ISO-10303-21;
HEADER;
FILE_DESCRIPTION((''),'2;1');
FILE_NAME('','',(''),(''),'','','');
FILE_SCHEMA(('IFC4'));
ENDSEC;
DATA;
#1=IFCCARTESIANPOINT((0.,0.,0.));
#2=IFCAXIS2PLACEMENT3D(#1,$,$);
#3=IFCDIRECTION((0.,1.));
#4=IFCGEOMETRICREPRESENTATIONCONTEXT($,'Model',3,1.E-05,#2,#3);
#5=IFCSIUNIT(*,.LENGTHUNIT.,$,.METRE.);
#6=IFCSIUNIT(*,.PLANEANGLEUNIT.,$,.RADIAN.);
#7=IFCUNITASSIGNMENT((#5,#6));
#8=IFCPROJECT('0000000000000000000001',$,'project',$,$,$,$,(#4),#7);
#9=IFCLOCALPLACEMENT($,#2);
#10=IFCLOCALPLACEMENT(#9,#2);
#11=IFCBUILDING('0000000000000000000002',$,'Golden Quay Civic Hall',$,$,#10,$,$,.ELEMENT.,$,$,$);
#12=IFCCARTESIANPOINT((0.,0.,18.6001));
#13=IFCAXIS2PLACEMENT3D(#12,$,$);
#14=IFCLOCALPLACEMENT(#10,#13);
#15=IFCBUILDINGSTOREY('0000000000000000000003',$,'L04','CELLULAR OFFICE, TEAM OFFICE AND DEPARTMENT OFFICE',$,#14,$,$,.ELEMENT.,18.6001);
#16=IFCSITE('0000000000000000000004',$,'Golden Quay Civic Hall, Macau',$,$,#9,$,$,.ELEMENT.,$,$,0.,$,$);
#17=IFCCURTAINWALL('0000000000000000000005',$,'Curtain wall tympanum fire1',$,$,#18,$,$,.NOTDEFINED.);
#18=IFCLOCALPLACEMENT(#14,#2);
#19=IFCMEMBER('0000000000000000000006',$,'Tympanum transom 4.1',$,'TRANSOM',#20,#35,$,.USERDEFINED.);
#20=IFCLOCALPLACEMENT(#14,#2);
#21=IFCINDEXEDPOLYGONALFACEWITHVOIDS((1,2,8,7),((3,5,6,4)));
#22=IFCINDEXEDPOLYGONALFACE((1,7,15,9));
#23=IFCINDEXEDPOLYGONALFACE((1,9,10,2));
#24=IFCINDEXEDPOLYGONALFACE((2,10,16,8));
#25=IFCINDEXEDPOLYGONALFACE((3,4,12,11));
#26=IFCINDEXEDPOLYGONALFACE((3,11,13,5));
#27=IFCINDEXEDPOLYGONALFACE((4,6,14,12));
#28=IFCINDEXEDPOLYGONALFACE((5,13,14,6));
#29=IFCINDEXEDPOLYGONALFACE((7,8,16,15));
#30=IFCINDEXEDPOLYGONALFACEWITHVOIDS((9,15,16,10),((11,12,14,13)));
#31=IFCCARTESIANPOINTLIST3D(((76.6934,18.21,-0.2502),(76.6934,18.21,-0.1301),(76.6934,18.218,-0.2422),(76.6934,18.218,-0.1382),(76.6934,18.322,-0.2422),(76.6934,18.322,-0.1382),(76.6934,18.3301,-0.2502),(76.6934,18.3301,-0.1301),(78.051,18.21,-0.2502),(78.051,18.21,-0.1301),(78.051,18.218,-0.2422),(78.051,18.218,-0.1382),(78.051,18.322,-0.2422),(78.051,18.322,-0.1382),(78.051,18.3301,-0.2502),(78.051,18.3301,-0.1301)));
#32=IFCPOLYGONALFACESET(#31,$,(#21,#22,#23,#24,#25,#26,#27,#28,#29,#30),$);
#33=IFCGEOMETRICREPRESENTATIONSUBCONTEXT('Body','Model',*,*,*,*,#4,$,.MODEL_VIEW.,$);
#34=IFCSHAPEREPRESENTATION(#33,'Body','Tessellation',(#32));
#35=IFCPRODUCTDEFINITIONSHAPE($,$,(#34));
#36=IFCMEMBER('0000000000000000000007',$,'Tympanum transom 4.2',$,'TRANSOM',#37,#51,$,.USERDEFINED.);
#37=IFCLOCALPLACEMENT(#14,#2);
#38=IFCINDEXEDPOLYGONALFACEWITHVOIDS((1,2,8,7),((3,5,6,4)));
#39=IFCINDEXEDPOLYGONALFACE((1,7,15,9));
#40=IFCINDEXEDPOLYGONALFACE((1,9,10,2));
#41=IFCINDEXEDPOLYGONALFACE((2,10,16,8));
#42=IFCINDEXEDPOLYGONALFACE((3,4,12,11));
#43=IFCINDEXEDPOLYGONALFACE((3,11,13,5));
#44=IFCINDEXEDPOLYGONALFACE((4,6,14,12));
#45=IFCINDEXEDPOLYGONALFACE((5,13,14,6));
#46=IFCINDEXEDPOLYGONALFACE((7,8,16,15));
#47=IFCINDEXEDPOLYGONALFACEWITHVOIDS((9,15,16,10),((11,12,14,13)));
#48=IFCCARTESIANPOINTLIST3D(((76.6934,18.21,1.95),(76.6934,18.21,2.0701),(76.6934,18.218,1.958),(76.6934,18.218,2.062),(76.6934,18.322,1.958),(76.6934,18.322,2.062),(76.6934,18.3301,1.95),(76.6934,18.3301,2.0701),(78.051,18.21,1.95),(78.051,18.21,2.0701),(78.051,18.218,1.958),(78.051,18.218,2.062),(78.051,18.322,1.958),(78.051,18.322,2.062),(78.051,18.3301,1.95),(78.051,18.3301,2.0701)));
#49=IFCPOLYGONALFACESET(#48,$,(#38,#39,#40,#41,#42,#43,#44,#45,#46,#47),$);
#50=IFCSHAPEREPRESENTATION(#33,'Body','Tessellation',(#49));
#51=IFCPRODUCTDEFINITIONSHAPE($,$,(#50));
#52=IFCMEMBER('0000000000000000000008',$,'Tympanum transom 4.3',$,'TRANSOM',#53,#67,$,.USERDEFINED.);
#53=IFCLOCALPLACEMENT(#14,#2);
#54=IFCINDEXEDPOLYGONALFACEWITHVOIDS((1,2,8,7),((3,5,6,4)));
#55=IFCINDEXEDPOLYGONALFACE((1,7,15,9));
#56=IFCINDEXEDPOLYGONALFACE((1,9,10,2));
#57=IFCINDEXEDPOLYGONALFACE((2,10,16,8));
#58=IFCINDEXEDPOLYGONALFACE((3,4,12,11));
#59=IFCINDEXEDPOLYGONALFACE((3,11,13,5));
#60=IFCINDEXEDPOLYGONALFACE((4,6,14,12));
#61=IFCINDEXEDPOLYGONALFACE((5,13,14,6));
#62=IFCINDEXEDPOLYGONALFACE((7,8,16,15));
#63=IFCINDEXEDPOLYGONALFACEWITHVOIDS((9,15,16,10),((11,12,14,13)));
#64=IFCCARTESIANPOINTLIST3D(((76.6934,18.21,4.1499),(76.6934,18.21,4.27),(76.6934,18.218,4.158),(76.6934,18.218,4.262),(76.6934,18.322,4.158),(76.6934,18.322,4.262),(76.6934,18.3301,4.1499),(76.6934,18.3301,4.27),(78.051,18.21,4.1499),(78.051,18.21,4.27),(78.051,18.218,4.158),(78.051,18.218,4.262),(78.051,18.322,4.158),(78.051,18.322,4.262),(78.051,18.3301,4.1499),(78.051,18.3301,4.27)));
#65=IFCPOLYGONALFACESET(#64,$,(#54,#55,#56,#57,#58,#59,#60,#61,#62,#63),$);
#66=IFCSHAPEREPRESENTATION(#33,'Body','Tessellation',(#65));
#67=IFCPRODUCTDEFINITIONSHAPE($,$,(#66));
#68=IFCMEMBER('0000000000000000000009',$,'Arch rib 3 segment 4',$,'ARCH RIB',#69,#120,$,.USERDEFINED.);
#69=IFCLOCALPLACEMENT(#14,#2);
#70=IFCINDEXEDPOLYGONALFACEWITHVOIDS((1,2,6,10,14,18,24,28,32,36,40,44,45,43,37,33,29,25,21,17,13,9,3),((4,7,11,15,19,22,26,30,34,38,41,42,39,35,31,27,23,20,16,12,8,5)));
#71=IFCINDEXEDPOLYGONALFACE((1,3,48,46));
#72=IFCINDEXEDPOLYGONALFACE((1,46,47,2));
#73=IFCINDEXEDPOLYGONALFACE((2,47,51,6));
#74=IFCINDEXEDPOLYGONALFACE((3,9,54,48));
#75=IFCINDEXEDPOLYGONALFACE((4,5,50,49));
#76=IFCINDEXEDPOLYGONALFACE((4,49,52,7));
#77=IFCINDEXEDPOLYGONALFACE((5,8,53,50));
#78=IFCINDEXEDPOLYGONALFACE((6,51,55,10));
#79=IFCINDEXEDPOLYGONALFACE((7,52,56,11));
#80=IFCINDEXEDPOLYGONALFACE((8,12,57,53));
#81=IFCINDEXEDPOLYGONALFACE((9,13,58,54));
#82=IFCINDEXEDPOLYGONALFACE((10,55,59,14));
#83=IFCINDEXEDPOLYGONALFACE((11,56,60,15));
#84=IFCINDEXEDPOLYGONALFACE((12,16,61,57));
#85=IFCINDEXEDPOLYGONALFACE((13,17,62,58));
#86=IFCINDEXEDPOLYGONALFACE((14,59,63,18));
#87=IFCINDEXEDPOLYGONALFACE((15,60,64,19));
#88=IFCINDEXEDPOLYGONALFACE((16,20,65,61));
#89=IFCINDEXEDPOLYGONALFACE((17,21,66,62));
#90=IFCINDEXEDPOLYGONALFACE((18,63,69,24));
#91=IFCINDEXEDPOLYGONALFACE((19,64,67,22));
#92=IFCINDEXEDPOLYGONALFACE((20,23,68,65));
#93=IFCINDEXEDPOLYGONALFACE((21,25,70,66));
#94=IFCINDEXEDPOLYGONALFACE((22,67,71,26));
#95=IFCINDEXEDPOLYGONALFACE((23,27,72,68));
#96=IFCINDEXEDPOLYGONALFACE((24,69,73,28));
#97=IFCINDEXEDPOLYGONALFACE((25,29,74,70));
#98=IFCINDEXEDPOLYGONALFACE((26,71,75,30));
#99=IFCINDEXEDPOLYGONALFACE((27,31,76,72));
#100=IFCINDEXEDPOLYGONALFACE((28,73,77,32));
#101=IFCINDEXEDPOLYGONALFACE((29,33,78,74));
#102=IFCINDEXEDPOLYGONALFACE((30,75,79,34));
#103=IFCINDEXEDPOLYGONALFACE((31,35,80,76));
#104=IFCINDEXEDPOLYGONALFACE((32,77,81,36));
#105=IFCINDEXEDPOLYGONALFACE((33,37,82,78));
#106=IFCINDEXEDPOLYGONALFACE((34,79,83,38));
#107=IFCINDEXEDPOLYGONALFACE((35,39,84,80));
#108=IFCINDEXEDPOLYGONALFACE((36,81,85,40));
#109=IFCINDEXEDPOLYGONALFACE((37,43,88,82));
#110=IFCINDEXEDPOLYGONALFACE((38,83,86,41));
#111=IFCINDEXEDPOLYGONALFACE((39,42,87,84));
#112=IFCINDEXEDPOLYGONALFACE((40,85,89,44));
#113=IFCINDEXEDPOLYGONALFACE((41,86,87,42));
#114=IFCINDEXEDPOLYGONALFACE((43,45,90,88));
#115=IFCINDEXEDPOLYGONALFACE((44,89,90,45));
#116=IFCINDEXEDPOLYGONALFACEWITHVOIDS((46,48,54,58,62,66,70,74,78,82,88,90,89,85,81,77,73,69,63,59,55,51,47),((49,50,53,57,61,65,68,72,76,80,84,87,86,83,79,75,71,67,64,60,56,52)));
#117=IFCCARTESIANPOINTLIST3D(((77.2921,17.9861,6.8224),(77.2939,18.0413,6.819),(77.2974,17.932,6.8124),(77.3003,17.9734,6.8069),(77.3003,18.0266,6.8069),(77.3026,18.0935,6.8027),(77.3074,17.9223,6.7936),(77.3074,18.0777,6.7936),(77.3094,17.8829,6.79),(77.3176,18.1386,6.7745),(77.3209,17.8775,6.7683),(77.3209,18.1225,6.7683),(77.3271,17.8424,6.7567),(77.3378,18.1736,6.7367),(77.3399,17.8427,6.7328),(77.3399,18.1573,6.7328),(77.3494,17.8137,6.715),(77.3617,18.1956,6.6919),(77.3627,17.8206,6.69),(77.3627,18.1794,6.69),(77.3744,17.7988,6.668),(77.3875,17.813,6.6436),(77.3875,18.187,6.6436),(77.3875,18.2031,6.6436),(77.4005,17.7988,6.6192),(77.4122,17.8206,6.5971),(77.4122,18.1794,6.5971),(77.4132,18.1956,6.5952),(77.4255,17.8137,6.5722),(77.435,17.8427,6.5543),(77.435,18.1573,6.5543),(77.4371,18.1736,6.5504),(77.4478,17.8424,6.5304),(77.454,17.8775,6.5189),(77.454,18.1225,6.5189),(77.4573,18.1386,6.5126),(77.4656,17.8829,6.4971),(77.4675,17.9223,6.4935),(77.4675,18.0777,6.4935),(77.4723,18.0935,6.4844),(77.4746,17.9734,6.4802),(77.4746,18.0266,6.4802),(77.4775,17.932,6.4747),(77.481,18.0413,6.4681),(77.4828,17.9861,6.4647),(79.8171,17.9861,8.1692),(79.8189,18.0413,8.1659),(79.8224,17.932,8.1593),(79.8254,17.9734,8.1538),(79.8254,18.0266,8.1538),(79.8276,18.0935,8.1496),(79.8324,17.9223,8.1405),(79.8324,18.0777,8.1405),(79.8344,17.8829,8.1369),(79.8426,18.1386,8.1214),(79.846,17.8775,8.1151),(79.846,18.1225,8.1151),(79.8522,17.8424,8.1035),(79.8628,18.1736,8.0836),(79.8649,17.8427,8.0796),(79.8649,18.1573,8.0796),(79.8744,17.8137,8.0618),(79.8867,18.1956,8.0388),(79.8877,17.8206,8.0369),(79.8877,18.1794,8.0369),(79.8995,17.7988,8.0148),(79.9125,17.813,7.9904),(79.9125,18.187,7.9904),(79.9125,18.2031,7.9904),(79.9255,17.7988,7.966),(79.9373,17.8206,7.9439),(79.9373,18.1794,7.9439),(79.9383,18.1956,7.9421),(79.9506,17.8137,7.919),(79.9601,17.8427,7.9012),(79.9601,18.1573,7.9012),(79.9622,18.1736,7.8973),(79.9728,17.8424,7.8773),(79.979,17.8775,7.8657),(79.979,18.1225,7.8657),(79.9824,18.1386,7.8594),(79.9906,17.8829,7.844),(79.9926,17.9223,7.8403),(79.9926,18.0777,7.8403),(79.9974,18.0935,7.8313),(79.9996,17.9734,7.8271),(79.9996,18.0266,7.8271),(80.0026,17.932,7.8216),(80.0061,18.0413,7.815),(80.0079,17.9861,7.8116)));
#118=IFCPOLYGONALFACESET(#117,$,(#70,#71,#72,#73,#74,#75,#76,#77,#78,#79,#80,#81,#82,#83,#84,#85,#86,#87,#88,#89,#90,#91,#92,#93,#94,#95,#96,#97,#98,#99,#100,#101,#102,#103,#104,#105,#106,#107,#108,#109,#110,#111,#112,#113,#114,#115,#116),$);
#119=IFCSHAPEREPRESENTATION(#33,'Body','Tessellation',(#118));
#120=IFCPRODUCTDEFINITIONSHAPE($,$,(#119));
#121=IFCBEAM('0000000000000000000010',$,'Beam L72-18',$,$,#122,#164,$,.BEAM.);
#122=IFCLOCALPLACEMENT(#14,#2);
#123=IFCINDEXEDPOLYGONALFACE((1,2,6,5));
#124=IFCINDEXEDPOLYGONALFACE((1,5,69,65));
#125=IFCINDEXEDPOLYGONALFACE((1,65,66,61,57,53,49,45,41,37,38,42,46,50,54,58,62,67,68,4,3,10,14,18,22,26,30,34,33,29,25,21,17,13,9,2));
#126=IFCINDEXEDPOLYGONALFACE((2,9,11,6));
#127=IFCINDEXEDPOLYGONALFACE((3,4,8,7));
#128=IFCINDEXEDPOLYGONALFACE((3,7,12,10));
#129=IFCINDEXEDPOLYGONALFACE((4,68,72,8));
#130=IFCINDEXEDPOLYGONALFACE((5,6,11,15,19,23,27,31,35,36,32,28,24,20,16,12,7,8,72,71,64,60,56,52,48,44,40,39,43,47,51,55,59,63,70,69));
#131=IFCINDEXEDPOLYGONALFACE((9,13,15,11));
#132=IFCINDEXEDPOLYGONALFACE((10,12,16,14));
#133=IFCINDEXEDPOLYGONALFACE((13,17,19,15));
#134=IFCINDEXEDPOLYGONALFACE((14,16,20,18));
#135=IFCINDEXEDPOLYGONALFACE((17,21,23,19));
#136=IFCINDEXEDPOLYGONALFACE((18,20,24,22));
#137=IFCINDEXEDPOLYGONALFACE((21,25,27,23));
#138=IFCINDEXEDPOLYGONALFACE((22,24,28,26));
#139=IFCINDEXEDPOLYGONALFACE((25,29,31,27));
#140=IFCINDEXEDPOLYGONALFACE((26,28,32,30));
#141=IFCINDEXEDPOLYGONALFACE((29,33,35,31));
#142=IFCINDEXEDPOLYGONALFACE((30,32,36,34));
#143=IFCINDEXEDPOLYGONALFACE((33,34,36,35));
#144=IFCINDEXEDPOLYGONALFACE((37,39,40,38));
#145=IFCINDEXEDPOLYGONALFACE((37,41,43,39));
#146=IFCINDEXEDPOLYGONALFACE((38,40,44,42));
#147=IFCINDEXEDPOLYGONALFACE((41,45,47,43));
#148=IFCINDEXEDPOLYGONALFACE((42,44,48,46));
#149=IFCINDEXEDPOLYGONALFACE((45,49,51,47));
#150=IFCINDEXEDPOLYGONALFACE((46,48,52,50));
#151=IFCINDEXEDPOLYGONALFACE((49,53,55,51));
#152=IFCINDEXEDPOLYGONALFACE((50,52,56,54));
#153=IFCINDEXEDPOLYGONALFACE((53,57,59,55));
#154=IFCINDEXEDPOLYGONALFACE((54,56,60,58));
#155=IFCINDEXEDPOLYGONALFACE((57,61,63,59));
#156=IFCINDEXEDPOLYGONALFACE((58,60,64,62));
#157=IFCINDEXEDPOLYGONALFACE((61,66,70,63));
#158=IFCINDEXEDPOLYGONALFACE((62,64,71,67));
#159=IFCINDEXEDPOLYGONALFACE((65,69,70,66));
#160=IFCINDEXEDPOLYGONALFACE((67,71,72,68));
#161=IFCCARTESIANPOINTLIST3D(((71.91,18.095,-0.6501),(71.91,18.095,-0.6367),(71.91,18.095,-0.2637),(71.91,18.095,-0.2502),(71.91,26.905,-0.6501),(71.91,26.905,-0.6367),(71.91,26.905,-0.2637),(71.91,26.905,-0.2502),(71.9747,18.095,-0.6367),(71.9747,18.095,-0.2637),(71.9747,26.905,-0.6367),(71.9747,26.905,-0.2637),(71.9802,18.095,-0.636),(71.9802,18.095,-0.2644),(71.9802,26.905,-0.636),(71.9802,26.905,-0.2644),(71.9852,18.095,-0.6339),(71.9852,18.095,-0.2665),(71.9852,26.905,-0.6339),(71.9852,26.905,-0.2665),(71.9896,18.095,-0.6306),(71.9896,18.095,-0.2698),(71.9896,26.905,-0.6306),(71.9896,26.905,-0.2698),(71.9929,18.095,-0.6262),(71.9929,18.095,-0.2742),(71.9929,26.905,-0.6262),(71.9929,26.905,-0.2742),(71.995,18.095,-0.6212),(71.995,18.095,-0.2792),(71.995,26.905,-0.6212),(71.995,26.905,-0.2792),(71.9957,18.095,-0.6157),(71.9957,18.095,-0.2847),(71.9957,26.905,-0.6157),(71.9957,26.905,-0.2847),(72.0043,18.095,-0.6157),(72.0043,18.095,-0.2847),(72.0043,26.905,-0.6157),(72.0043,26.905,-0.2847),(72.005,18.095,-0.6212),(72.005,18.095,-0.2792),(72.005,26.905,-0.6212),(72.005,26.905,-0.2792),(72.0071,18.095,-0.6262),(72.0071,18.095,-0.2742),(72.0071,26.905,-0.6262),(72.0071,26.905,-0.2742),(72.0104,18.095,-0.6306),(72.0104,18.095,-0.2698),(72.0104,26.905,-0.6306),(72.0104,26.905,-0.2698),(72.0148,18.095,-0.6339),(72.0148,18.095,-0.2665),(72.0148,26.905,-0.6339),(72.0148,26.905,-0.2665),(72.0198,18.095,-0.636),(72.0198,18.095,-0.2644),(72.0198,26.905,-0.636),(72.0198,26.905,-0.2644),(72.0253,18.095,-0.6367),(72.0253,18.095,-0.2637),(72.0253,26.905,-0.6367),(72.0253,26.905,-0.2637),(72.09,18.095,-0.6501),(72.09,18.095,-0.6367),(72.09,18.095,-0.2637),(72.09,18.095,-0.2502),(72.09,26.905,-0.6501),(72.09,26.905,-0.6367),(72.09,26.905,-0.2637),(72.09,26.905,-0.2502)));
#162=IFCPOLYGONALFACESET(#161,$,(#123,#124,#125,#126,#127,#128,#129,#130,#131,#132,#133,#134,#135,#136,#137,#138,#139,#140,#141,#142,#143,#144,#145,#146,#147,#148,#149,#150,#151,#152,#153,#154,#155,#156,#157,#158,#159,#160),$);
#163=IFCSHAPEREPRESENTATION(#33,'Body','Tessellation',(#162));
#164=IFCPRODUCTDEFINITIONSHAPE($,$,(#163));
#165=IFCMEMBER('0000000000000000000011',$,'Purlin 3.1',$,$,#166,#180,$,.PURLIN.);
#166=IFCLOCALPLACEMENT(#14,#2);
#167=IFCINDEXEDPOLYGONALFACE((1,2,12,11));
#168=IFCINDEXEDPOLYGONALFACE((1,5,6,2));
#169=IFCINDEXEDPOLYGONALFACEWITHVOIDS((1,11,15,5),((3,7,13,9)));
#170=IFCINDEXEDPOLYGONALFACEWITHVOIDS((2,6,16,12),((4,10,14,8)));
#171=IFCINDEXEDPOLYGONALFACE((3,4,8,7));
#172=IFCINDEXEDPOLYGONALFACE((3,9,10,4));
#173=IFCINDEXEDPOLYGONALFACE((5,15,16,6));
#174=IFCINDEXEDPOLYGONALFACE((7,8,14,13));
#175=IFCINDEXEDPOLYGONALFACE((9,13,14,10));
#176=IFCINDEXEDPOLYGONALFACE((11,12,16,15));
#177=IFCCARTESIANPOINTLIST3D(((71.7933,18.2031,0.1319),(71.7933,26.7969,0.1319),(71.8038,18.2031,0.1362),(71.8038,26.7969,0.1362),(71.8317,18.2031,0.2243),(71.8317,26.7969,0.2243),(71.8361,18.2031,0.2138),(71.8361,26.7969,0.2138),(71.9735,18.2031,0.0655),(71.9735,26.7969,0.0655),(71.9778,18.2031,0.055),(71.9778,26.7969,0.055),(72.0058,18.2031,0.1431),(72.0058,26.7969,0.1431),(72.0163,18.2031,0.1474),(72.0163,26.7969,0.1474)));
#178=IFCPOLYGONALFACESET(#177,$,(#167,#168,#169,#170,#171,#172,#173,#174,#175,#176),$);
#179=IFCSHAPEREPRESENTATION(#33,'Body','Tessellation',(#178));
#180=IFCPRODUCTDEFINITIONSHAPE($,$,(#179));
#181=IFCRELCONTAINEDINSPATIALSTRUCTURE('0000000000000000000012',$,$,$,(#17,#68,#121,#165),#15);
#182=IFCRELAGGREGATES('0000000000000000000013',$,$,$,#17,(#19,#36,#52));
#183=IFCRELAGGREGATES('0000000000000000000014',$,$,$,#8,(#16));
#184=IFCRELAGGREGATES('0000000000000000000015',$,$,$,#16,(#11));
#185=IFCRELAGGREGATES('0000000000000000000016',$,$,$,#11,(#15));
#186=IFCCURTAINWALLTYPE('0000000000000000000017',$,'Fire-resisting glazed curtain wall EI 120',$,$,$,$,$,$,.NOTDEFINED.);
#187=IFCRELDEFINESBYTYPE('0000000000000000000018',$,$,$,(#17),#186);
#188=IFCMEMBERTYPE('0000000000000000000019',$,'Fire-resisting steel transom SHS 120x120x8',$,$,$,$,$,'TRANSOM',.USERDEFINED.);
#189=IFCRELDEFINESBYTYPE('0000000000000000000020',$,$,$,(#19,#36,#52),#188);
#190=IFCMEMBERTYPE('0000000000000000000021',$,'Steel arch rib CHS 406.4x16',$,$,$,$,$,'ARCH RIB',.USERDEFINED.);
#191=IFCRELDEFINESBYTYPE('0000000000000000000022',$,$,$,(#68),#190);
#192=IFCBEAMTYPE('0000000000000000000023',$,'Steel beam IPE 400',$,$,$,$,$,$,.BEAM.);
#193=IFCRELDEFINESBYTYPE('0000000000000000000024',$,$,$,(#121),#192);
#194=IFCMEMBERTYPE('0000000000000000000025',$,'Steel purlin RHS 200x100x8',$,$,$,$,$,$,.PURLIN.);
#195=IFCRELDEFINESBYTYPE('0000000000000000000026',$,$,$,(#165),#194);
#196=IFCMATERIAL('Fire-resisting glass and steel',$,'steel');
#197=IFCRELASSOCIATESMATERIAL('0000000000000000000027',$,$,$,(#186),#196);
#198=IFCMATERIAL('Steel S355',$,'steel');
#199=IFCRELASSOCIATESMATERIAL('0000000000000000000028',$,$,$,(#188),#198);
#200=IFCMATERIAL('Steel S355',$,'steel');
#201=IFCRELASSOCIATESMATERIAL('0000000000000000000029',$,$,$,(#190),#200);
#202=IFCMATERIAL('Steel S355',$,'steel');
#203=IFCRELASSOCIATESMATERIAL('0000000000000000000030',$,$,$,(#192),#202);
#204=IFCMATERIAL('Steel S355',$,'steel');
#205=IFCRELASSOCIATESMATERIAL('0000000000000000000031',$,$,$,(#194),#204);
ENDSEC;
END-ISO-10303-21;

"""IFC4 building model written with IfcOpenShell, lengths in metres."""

from ifc_helpers import new_model, si_unit, direction, frame, origin, origin_2d, place, context, subcontext, project, spatial, hollow_rectangle, hollow_circle, i_section, extrude, material, material_profile, profile_set, type_object, element, aggregate, save


model = new_model("IFC4")

# Units and contexts
model_context = context("Model", 3, precision=1e-05, world=origin(), true_north=direction((0.0, 1.0)))
body_context = subcontext(model_context, "Body", "Model", "MODEL_VIEW")
ifc_project = project(units=[si_unit("LENGTHUNIT", "METRE"), si_unit("PLANEANGLEUNIT", "RADIAN")], contexts=[model_context])

# Site, building, storey
site_placement = place(None, origin())
site = spatial("IfcSite", under=ifc_project, at=site_placement, Name="Golden Quay Civic Hall, Macau", CompositionType="ELEMENT", RefElevation=0.0)
building_placement = place(site_placement, origin())
building = spatial("IfcBuilding", under=site, at=building_placement, Name="Golden Quay Civic Hall", CompositionType="ELEMENT")
storey_placement = place(building_placement, frame((0.0, 0.0, 18.6001)))
storey = spatial("IfcBuildingStorey", under=building, at=storey_placement, Name="L04", Description="CELLULAR OFFICE, TEAM OFFICE AND DEPARTMENT OFFICE", CompositionType="ELEMENT", Elevation=18.6001)

# Curtain wall, members
ifc_material_1 = material(Name="Fire-resisting glass and steel", Category="steel")
curtain_wall_type = type_object("IfcCurtainWallType", Name="Fire-resisting glazed curtain wall EI 120", PredefinedType="NOTDEFINED", material=ifc_material_1)
curtain_wall_placement = place(storey_placement, origin())
curtain_wall = element("IfcCurtainWall", 1, at=curtain_wall_placement, inside=storey, type_object=curtain_wall_type, Name="Curtain wall tympanum fire1", PredefinedType="NOTDEFINED")
ifc_material_2 = material(Name="Steel S355", Category="steel")
ifc_material_profile_1 = material_profile(ifc_material_2, hollow_rectangle(XDim=0.1201, YDim=0.1201, WallThickness=0.0081, at=origin_2d()), Name="SHS 120x120x8")
ifc_profile_set_1 = profile_set([ifc_material_profile_1], Name="Steel S355")
member_type_1 = type_object("IfcMemberType", Name="Fire-resisting steel transom SHS 120x120x8", ElementType="TRANSOM", PredefinedType="USERDEFINED", material=ifc_profile_set_1)
member_1_placement = place(storey_placement, frame((76.6934, 18.27, -0.1902), z_axis=(1.0, 0.0, 0.0), x_axis=(0.0, 1.0, 0.0)))
member_1 = element("IfcMember", 2, at=member_1_placement, type_object=member_type_1, Name="Tympanum transom 4.1", ObjectType="TRANSOM", PredefinedType="USERDEFINED", context=body_context, shape_type="SweptSolid", body=[
    extrude(hollow_rectangle(XDim=0.1201, YDim=0.1201, WallThickness=0.0081, at=origin_2d()), origin(), (0.0, 0.0, 1.0), 1.3577),
])
member_2_placement = place(storey_placement, frame((76.6934, 18.27, 2.01), z_axis=(1.0, 0.0, 0.0), x_axis=(0.0, 1.0, 0.0)))
member_2 = element("IfcMember", 3, at=member_2_placement, type_object=member_type_1, Name="Tympanum transom 4.2", ObjectType="TRANSOM", PredefinedType="USERDEFINED", context=body_context, shape_type="SweptSolid", body=[
    extrude(hollow_rectangle(XDim=0.1201, YDim=0.1201, WallThickness=0.0081, at=origin_2d()), origin(), (0.0, 0.0, 1.0), 1.3577),
])
member_3_placement = place(storey_placement, frame((76.6934, 18.27, 4.21), z_axis=(1.0, 0.0, 0.0), x_axis=(0.0, 1.0, 0.0)))
member_3 = element("IfcMember", 4, at=member_3_placement, type_object=member_type_1, Name="Tympanum transom 4.3", ObjectType="TRANSOM", PredefinedType="USERDEFINED", context=body_context, shape_type="SweptSolid", body=[
    extrude(hollow_rectangle(XDim=0.1201, YDim=0.1201, WallThickness=0.0081, at=origin_2d()), origin(), (0.0, 0.0, 1.0), 1.3577),
])

# Member
ifc_material_3 = material(Name="Steel S355", Category="steel")
ifc_material_profile_2 = material_profile(ifc_material_3, hollow_circle(Radius=0.2031, WallThickness=0.0161, at=origin_2d()), Name="CHS 406.4x16")
ifc_profile_set_2 = profile_set([ifc_material_profile_2], Name="Steel S355")
member_type_2 = type_object("IfcMemberType", Name="Steel arch rib CHS 406.4x16", ElementType="ARCH RIB", PredefinedType="USERDEFINED", material=ifc_profile_set_2)
member_4_placement = place(storey_placement, frame((77.3875, 18.0, 6.6436), z_axis=(0.882327, 0.0, 0.470637), x_axis=(0.0, 1.0, 0.0)))
element("IfcMember", 5, at=member_4_placement, inside=storey, type_object=member_type_2, Name="Arch rib 3 segment 4", ObjectType="ARCH RIB", PredefinedType="USERDEFINED", context=body_context, shape_type="SweptSolid", body=[
    extrude(hollow_circle(Radius=0.2031, WallThickness=0.0161, at=origin_2d()), origin(), (0.0, 0.0, 1.0), 2.8618),
])

# Beam
ifc_material_4 = material(Name="Steel S355", Category="steel")
ifc_material_profile_3 = material_profile(ifc_material_4, i_section(OverallWidth=0.1799, OverallDepth=0.3999, WebThickness=0.0085, FlangeThickness=0.0134, FilletRadius=0.021, at=origin_2d()), Name="IPE 400")
ifc_profile_set_3 = profile_set([ifc_material_profile_3], Name="Steel S355")
beam_type = type_object("IfcBeamType", Name="Steel beam IPE 400", PredefinedType="BEAM", material=ifc_profile_set_3)
beam_placement = place(storey_placement, frame((72.0, 18.095, -0.4502), z_axis=(0.0, 1.0, 0.0), x_axis=(-1.0, 0.0, 0.0)))
element("IfcBeam", 6, at=beam_placement, inside=storey, type_object=beam_type, Name="Beam L72-18", PredefinedType="BEAM", context=body_context, shape_type="SweptSolid", body=[
    extrude(i_section(OverallWidth=0.1799, OverallDepth=0.3999, WebThickness=0.0085, FlangeThickness=0.0134, FilletRadius=0.021, at=origin_2d()), origin(), (0.0, 0.0, 1.0), 8.8101),
])

# Member
ifc_material_5 = material(Name="Steel S355", Category="steel")
ifc_material_profile_4 = material_profile(ifc_material_5, hollow_rectangle(XDim=0.1001, YDim=0.2, WallThickness=0.0081, at=origin_2d()), Name="RHS 200x100x8")
ifc_profile_set_4 = profile_set([ifc_material_profile_4], Name="Steel S355")
member_type_3 = type_object("IfcMemberType", Name="Steel purlin RHS 200x100x8", PredefinedType="PURLIN", material=ifc_profile_set_4)
for number, where, z_axis, x_axis, name in (
    (7, (71.9048, 18.2031, 0.1396), (0.0, 1.0, 0.0), (-0.384615, 0.0, -0.923077), "Purlin 3.1"),
):
    element("IfcMember", number, at=place(storey_placement, frame(where, z_axis=z_axis, x_axis=x_axis)), inside=storey, type_object=member_type_3, Name=name, PredefinedType="PURLIN", context=body_context, shape_type="SweptSolid", body=[
        extrude(hollow_rectangle(XDim=0.1001, YDim=0.2, WallThickness=0.0081, at=origin_2d()), origin(), (0.0, 0.0, 1.0), 8.5938),
    ])

aggregate(curtain_wall, [member_1, member_2, member_3])

save(model, "model.ifc")
